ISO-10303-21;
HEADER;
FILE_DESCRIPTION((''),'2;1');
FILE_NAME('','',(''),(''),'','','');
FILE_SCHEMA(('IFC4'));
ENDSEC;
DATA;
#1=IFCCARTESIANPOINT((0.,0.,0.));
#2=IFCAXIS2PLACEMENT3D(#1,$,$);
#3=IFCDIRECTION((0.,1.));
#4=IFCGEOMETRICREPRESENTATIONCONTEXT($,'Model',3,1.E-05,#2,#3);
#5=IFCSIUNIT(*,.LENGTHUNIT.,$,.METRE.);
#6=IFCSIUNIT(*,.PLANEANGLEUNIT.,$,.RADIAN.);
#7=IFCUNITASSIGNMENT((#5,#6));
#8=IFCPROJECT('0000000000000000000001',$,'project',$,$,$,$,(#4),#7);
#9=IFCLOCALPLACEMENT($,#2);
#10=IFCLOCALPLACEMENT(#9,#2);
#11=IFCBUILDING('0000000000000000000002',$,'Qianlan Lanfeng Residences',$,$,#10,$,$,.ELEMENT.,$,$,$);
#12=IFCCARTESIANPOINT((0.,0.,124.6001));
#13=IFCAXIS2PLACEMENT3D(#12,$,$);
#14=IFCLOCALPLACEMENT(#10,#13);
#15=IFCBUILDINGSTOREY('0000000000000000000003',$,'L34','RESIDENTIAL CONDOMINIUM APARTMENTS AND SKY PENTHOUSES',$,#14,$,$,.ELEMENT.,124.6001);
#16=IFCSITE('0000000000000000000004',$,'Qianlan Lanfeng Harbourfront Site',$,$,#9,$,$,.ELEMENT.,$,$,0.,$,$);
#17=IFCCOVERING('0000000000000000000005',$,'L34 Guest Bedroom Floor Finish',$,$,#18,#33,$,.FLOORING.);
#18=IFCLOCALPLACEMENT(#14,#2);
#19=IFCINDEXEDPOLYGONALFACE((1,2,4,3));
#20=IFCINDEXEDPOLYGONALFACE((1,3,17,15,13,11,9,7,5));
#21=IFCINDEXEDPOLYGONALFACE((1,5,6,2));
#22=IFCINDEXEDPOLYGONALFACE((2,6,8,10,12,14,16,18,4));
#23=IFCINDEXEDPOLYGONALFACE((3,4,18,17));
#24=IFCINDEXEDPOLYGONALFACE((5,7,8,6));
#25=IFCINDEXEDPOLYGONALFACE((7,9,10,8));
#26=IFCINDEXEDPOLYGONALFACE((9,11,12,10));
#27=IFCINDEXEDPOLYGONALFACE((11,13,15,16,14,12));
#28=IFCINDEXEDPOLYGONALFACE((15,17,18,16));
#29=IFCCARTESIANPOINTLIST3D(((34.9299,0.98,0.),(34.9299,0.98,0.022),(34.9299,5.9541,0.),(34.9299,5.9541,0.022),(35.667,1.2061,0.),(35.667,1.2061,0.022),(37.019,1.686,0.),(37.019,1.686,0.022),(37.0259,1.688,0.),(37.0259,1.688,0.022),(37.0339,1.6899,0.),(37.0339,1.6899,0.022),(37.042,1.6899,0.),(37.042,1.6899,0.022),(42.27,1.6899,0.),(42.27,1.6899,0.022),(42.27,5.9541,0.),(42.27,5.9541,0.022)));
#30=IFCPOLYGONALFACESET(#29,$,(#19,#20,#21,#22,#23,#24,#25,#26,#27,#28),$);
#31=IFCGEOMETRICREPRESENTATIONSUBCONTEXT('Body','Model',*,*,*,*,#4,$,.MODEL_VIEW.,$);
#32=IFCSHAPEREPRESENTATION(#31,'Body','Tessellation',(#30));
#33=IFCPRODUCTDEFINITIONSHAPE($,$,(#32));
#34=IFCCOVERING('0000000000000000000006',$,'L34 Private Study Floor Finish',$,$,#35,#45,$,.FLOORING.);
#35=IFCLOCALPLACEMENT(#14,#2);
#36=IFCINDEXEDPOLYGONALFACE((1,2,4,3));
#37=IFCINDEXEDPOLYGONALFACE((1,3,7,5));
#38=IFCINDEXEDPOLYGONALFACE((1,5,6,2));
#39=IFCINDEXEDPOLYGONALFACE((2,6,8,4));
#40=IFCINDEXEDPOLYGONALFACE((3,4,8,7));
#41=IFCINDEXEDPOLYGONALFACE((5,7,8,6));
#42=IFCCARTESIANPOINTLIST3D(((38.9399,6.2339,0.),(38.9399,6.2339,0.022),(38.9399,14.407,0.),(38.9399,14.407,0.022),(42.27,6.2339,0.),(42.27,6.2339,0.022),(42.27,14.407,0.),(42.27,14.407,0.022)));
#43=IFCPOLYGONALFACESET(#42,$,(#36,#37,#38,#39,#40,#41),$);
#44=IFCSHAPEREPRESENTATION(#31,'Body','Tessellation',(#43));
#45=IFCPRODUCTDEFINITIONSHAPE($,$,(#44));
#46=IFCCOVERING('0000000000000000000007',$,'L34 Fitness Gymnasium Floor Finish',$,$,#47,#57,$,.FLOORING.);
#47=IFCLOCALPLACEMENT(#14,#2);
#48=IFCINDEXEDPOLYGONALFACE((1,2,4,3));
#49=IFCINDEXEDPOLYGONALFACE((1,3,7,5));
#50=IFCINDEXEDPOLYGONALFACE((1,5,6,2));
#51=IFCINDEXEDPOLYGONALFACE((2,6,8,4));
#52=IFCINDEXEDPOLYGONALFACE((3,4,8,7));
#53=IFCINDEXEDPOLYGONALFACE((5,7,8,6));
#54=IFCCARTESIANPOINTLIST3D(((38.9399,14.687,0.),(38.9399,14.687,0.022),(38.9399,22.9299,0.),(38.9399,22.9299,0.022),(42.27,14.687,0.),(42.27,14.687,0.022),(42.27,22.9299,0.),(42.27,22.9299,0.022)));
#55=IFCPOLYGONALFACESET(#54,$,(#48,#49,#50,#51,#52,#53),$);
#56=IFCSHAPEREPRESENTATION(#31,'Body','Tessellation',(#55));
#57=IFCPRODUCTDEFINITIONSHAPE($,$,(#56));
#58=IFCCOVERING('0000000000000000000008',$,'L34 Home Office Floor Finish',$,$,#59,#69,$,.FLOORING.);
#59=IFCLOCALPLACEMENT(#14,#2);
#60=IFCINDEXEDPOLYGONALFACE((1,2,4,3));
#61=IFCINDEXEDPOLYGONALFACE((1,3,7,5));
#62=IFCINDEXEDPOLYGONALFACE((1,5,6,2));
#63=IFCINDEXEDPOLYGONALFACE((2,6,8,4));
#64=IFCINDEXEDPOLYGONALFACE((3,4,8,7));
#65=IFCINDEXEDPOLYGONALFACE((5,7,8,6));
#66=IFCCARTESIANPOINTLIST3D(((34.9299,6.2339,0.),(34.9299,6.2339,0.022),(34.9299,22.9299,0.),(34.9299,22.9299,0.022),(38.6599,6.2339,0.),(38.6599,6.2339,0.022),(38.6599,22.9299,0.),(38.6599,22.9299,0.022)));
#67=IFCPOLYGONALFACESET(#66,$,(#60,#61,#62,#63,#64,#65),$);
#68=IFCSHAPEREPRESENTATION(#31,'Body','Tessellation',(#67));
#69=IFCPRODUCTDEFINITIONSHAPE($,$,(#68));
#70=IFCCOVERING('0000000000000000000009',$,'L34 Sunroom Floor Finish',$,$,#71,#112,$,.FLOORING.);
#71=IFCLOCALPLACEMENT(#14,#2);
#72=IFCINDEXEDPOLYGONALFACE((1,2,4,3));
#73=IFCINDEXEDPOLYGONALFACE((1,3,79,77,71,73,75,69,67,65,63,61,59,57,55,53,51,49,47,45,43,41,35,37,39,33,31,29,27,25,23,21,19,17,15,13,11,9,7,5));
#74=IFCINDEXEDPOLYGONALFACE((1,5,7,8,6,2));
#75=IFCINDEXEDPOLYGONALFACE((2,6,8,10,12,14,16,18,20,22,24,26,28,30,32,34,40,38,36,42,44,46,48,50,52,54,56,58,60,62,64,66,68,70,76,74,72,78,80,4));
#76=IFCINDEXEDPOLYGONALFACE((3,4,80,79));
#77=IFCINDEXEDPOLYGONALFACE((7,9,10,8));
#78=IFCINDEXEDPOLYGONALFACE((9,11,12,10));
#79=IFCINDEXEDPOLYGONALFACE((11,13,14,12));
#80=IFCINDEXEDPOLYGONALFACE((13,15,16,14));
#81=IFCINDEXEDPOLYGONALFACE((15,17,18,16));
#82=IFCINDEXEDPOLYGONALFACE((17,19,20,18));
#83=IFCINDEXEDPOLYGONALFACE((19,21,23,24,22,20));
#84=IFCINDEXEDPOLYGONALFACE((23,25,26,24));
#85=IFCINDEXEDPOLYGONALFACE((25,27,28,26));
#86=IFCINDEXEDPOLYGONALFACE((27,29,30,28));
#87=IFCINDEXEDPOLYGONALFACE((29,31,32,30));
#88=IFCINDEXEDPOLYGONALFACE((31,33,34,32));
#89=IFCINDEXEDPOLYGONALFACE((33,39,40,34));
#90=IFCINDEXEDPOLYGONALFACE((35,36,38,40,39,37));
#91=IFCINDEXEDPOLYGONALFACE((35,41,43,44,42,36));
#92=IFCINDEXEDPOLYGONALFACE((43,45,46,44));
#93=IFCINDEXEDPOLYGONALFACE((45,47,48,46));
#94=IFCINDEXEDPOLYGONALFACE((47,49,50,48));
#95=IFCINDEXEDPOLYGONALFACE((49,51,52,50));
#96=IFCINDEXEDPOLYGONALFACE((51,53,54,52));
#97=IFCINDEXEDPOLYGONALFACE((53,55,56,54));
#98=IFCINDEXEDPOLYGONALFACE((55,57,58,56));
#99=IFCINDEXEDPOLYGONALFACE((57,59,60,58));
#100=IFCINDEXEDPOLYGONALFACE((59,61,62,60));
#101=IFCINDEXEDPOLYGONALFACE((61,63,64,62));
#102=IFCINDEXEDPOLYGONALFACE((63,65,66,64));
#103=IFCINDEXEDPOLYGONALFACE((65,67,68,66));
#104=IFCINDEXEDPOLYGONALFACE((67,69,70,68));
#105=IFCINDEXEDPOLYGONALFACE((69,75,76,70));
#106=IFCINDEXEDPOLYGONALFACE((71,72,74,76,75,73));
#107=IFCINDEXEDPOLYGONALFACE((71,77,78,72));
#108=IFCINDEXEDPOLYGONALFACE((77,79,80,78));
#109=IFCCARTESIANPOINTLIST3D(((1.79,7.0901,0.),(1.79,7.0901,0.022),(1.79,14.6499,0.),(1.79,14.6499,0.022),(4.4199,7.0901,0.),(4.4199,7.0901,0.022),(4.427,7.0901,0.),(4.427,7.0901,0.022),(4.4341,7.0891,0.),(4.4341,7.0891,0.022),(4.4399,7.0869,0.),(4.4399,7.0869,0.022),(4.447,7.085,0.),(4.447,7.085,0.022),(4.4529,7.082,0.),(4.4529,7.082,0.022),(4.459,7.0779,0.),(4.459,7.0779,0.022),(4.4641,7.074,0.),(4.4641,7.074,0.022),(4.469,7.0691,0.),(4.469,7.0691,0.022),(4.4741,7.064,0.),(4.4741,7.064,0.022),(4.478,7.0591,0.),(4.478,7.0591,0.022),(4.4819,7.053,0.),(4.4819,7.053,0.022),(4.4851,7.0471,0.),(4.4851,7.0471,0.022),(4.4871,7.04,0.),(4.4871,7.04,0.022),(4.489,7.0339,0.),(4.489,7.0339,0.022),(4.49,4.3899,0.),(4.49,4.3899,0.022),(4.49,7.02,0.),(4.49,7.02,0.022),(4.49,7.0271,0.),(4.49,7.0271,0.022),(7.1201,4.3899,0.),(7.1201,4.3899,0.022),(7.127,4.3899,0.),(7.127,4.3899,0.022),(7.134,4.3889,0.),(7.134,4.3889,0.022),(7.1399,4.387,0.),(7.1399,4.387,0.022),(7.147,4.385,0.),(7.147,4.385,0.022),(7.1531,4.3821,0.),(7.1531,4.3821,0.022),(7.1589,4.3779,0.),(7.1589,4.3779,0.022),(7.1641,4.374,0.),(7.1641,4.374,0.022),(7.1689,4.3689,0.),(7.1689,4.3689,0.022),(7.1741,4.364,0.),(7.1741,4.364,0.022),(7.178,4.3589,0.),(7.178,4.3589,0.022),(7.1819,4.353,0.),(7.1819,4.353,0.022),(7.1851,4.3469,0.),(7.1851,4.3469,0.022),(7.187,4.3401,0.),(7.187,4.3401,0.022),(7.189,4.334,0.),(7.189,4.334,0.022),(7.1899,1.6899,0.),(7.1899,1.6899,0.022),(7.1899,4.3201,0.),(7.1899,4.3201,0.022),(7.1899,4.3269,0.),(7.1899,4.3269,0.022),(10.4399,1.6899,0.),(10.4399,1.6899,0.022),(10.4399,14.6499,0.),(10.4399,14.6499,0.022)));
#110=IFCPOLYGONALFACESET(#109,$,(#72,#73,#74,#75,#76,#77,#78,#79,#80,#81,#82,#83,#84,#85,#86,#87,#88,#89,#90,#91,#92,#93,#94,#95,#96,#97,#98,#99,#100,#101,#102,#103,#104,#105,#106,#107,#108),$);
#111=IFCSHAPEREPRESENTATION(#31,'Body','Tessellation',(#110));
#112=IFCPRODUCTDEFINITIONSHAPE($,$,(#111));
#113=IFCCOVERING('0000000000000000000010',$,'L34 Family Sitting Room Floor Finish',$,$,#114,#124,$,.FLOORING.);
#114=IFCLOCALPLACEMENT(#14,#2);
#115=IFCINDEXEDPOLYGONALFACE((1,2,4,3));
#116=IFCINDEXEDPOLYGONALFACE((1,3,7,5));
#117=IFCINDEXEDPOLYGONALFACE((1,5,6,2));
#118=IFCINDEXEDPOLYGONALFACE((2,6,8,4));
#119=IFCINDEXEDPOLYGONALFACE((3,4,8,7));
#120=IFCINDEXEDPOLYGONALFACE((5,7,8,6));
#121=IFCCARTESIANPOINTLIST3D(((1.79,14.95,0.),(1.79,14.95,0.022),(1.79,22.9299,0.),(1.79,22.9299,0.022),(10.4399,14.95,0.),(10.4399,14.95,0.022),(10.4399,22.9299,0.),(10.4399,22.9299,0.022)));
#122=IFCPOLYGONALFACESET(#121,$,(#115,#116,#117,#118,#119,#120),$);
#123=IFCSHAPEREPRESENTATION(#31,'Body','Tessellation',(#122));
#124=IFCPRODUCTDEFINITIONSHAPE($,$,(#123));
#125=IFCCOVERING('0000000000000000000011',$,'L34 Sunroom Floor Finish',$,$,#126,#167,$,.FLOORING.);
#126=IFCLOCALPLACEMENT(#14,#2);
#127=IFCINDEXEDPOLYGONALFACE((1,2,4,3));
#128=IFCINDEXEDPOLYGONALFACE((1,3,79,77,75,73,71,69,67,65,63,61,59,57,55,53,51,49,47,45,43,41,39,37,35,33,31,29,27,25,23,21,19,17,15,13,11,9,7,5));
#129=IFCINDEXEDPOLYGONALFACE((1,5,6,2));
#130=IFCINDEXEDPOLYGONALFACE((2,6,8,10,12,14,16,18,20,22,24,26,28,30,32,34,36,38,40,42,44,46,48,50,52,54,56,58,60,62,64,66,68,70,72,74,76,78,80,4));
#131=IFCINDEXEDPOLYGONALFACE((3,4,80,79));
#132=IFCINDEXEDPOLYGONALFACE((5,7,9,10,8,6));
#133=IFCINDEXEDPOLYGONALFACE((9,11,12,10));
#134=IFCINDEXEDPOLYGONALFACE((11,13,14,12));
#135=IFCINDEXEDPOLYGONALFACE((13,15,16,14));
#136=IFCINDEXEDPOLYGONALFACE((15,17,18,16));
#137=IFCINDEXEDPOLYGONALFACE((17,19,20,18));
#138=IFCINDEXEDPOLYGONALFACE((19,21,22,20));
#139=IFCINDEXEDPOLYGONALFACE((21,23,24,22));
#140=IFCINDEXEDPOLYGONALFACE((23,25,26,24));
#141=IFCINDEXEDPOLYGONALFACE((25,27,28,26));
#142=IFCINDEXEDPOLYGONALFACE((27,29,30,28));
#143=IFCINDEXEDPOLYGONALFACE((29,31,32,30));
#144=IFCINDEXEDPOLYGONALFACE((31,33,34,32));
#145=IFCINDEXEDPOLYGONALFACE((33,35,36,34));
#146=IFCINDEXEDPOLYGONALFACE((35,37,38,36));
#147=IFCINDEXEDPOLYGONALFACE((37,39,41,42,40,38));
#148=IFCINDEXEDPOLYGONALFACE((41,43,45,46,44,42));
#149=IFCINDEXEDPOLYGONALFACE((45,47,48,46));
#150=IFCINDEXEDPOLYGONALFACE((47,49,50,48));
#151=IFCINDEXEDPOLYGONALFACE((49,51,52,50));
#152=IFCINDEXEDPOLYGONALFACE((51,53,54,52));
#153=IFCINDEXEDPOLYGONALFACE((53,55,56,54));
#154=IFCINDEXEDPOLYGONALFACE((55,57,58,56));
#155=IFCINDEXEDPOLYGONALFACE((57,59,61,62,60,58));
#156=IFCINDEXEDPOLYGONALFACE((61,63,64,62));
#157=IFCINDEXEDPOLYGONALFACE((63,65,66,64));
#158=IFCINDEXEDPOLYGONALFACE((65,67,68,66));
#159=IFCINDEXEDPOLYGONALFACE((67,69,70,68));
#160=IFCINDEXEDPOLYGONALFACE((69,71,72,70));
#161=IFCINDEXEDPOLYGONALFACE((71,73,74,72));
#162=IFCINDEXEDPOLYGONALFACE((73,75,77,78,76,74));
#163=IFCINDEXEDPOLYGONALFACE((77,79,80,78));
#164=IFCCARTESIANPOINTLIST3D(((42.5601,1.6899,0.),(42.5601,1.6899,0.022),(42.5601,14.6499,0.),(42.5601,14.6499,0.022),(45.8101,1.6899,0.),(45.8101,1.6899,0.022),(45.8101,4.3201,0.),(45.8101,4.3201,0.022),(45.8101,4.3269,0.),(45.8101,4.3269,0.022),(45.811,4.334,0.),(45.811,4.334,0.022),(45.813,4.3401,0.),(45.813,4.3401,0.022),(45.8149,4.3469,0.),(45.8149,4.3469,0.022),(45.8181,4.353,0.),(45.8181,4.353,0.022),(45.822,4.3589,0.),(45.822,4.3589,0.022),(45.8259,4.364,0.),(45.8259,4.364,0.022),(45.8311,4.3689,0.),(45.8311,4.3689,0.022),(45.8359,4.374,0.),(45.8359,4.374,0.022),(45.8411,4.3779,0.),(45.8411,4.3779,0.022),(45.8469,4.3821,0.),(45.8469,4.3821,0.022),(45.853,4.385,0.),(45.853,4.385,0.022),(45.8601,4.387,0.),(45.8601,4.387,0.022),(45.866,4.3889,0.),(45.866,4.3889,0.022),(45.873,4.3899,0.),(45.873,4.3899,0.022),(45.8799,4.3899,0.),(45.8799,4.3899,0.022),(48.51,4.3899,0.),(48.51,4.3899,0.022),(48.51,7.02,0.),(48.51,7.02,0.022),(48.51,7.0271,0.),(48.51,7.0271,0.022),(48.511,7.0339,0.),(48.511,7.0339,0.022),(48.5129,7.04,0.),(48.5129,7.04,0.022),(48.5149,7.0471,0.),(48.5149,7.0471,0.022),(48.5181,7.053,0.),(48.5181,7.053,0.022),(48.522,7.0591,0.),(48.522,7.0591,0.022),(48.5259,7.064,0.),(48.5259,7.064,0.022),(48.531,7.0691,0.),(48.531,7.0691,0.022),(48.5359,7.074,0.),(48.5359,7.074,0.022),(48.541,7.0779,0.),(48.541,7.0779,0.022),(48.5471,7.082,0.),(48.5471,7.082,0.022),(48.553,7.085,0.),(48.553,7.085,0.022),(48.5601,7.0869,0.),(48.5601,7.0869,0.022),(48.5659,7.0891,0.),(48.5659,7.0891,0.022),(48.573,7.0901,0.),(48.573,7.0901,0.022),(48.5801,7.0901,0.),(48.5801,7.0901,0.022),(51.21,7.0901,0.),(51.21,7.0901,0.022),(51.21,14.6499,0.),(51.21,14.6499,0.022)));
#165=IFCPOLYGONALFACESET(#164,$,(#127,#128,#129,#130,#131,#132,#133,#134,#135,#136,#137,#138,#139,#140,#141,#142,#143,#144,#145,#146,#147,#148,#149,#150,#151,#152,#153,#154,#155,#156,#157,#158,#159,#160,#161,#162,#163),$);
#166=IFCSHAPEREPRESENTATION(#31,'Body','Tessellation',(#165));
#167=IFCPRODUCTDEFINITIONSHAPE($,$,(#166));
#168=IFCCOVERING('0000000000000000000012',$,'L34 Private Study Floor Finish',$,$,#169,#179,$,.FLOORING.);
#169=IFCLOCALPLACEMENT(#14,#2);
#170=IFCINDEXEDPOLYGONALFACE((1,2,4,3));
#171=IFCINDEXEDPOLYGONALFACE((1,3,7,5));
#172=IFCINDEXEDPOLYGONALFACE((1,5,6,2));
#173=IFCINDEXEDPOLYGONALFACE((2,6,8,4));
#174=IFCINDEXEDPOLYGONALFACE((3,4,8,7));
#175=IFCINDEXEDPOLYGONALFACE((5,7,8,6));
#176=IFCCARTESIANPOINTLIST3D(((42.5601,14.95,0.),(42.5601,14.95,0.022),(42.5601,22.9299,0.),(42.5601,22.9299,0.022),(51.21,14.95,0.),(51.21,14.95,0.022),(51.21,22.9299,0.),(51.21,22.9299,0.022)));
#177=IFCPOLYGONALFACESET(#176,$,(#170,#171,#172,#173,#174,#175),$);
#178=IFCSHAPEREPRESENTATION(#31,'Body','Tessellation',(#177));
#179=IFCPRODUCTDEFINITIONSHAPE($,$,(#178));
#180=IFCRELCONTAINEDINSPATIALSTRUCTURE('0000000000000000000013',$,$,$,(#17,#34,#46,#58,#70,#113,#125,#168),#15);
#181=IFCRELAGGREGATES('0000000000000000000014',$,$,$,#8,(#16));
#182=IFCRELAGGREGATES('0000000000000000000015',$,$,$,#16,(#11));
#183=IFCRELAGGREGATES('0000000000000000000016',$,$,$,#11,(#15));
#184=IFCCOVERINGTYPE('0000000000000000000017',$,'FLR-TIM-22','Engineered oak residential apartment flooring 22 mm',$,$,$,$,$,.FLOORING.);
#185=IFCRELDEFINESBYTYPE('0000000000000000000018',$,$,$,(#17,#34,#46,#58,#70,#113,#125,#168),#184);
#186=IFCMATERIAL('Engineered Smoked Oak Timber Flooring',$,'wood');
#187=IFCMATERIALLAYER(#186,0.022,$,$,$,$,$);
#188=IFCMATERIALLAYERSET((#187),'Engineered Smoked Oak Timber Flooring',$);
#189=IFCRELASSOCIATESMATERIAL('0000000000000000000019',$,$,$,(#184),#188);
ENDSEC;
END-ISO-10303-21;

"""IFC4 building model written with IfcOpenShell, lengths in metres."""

from ifc_helpers import new_model, si_unit, direction, frame, origin, place, context, subcontext, project, spatial, polyline, outline, extrude, material, layer, layer_set, type_object, element, save


model = new_model("IFC4")

# Units and contexts
model_context = context("Model", 3, precision=1e-05, world=origin(), true_north=direction((0.0, 1.0)))
body_context = subcontext(model_context, "Body", "Model", "MODEL_VIEW")
ifc_project = project(units=[si_unit("LENGTHUNIT", "METRE"), si_unit("PLANEANGLEUNIT", "RADIAN")], contexts=[model_context])

# Site, building, storey
site_placement = place(None, origin())
site = spatial("IfcSite", under=ifc_project, at=site_placement, Name="Qianlan Lanfeng Harbourfront Site", CompositionType="ELEMENT", RefElevation=0.0)
building_placement = place(site_placement, origin())
building = spatial("IfcBuilding", under=site, at=building_placement, Name="Qianlan Lanfeng Residences", CompositionType="ELEMENT")
storey_placement = place(building_placement, frame((0.0, 0.0, 124.6001)))
storey = spatial("IfcBuildingStorey", under=building, at=storey_placement, Name="L34", Description="RESIDENTIAL CONDOMINIUM APARTMENTS AND SKY PENTHOUSES", CompositionType="ELEMENT", Elevation=124.6001)

# Coverings
ifc_material_1 = material(Name="Engineered Smoked Oak Timber Flooring", Category="wood")
ifc_layer_1 = layer(ifc_material_1, 0.022)
ifc_layer_set_1 = layer_set([ifc_layer_1], Name="Engineered Smoked Oak Timber Flooring")
covering_type_1 = type_object("IfcCoveringType", Name="FLR-TIM-22", Description="Engineered oak residential apartment flooring 22 mm", PredefinedType="FLOORING", material=ifc_layer_set_1)
covering_1_placement = place(storey_placement, origin())
element("IfcCovering", 1, at=covering_1_placement, inside=storey, type_object=covering_type_1, Name="L34 Guest Bedroom Floor Finish", PredefinedType="FLOORING", context=body_context, shape_type="SweptSolid", body=[
    extrude(outline(polyline([(34.9299, 5.9541), (34.9299, 0.98), (35.667, 1.2061), (37.019, 1.686), (37.0259, 1.688), (37.0339, 1.6899), (37.042, 1.6899), (42.27, 1.6899), (42.27, 5.9541), (34.9299, 5.9541)])), origin(), (0.0, 0.0, 1.0), 0.022),
])
covering_2_placement = place(storey_placement, origin())
element("IfcCovering", 2, at=covering_2_placement, inside=storey, type_object=covering_type_1, Name="L34 Private Study Floor Finish", PredefinedType="FLOORING", context=body_context, shape_type="SweptSolid", body=[
    extrude(outline(polyline([(38.9399, 6.2339), (42.27, 6.2339), (42.27, 14.407), (38.9399, 14.407), (38.9399, 6.2339)])), origin(), (0.0, 0.0, 1.0), 0.022),
])
covering_3_placement = place(storey_placement, origin())
element("IfcCovering", 3, at=covering_3_placement, inside=storey, type_object=covering_type_1, Name="L34 Fitness Gymnasium Floor Finish", PredefinedType="FLOORING", context=body_context, shape_type="SweptSolid", body=[
    extrude(outline(polyline([(38.9399, 14.687), (42.27, 14.687), (42.27, 22.9299), (38.9399, 22.9299), (38.9399, 14.687)])), origin(), (0.0, 0.0, 1.0), 0.022),
])
covering_4_placement = place(storey_placement, origin())
element("IfcCovering", 4, at=covering_4_placement, inside=storey, type_object=covering_type_1, Name="L34 Home Office Floor Finish", PredefinedType="FLOORING", context=body_context, shape_type="SweptSolid", body=[
    extrude(outline(polyline([(34.9299, 6.2339), (38.6599, 6.2339), (38.6599, 22.9299), (34.9299, 22.9299), (34.9299, 6.2339)])), origin(), (0.0, 0.0, 1.0), 0.022),
])
covering_5_placement = place(storey_placement, origin())
element("IfcCovering", 5, at=covering_5_placement, inside=storey, type_object=covering_type_1, Name="L34 Sunroom Floor Finish", PredefinedType="FLOORING", context=body_context, shape_type="SweptSolid", body=[
    extrude(outline(polyline([(10.4399, 14.6499), (1.79, 14.6499), (1.79, 7.0901), (4.4199, 7.0901), (4.427, 7.0901), (4.4341, 7.0891), (4.4399, 7.0869), (4.447, 7.085), (4.4529, 7.082), (4.459, 7.0779), (4.4641, 7.074), (4.469, 7.0691), (4.4741, 7.064), (4.478, 7.0591), (4.4819, 7.053), (4.4851, 7.0471), (4.4871, 7.04), (4.489, 7.0339), (4.49, 7.0271), (4.49, 7.02), (4.49, 4.3899), (7.1201, 4.3899), (7.127, 4.3899), (7.134, 4.3889), (7.1399, 4.387), (7.147, 4.385), (7.1531, 4.3821), (7.1589, 4.3779), (7.1641, 4.374), (7.1689, 4.3689), (7.1741, 4.364), (7.178, 4.3589), (7.1819, 4.353), (7.1851, 4.3469), (7.187, 4.3401), (7.189, 4.334), (7.1899, 4.3269), (7.1899, 4.3201), (7.1899, 1.6899), (10.4399, 1.6899), (10.4399, 14.6499)])), origin(), (0.0, 0.0, 1.0), 0.022),
])
covering_6_placement = place(storey_placement, origin())
element("IfcCovering", 6, at=covering_6_placement, inside=storey, type_object=covering_type_1, Name="L34 Family Sitting Room Floor Finish", PredefinedType="FLOORING", context=body_context, shape_type="SweptSolid", body=[
    extrude(outline(polyline([(10.4399, 22.9299), (1.79, 22.9299), (1.79, 14.95), (10.4399, 14.95), (10.4399, 22.9299)])), origin(), (0.0, 0.0, 1.0), 0.022),
])
covering_7_placement = place(storey_placement, origin())
element("IfcCovering", 7, at=covering_7_placement, inside=storey, type_object=covering_type_1, Name="L34 Sunroom Floor Finish", PredefinedType="FLOORING", context=body_context, shape_type="SweptSolid", body=[
    extrude(outline(polyline([(51.21, 14.6499), (42.5601, 14.6499), (42.5601, 1.6899), (45.8101, 1.6899), (45.8101, 4.3201), (45.8101, 4.3269), (45.811, 4.334), (45.813, 4.3401), (45.8149, 4.3469), (45.8181, 4.353), (45.822, 4.3589), (45.8259, 4.364), (45.8311, 4.3689), (45.8359, 4.374), (45.8411, 4.3779), (45.8469, 4.3821), (45.853, 4.385), (45.8601, 4.387), (45.866, 4.3889), (45.873, 4.3899), (45.8799, 4.3899), (48.51, 4.3899), (48.51, 7.02), (48.51, 7.0271), (48.511, 7.0339), (48.5129, 7.04), (48.5149, 7.0471), (48.5181, 7.053), (48.522, 7.0591), (48.5259, 7.064), (48.531, 7.0691), (48.5359, 7.074), (48.541, 7.0779), (48.5471, 7.082), (48.553, 7.085), (48.5601, 7.0869), (48.5659, 7.0891), (48.573, 7.0901), (48.5801, 7.0901), (51.21, 7.0901), (51.21, 14.6499)])), origin(), (0.0, 0.0, 1.0), 0.022),
])
covering_8_placement = place(storey_placement, origin())
element("IfcCovering", 8, at=covering_8_placement, inside=storey, type_object=covering_type_1, Name="L34 Private Study Floor Finish", PredefinedType="FLOORING", context=body_context, shape_type="SweptSolid", body=[
    extrude(outline(polyline([(51.21, 22.9299), (42.5601, 22.9299), (42.5601, 14.95), (51.21, 14.95), (51.21, 22.9299)])), origin(), (0.0, 0.0, 1.0), 0.022),
])

save(model, "model.ifc")
